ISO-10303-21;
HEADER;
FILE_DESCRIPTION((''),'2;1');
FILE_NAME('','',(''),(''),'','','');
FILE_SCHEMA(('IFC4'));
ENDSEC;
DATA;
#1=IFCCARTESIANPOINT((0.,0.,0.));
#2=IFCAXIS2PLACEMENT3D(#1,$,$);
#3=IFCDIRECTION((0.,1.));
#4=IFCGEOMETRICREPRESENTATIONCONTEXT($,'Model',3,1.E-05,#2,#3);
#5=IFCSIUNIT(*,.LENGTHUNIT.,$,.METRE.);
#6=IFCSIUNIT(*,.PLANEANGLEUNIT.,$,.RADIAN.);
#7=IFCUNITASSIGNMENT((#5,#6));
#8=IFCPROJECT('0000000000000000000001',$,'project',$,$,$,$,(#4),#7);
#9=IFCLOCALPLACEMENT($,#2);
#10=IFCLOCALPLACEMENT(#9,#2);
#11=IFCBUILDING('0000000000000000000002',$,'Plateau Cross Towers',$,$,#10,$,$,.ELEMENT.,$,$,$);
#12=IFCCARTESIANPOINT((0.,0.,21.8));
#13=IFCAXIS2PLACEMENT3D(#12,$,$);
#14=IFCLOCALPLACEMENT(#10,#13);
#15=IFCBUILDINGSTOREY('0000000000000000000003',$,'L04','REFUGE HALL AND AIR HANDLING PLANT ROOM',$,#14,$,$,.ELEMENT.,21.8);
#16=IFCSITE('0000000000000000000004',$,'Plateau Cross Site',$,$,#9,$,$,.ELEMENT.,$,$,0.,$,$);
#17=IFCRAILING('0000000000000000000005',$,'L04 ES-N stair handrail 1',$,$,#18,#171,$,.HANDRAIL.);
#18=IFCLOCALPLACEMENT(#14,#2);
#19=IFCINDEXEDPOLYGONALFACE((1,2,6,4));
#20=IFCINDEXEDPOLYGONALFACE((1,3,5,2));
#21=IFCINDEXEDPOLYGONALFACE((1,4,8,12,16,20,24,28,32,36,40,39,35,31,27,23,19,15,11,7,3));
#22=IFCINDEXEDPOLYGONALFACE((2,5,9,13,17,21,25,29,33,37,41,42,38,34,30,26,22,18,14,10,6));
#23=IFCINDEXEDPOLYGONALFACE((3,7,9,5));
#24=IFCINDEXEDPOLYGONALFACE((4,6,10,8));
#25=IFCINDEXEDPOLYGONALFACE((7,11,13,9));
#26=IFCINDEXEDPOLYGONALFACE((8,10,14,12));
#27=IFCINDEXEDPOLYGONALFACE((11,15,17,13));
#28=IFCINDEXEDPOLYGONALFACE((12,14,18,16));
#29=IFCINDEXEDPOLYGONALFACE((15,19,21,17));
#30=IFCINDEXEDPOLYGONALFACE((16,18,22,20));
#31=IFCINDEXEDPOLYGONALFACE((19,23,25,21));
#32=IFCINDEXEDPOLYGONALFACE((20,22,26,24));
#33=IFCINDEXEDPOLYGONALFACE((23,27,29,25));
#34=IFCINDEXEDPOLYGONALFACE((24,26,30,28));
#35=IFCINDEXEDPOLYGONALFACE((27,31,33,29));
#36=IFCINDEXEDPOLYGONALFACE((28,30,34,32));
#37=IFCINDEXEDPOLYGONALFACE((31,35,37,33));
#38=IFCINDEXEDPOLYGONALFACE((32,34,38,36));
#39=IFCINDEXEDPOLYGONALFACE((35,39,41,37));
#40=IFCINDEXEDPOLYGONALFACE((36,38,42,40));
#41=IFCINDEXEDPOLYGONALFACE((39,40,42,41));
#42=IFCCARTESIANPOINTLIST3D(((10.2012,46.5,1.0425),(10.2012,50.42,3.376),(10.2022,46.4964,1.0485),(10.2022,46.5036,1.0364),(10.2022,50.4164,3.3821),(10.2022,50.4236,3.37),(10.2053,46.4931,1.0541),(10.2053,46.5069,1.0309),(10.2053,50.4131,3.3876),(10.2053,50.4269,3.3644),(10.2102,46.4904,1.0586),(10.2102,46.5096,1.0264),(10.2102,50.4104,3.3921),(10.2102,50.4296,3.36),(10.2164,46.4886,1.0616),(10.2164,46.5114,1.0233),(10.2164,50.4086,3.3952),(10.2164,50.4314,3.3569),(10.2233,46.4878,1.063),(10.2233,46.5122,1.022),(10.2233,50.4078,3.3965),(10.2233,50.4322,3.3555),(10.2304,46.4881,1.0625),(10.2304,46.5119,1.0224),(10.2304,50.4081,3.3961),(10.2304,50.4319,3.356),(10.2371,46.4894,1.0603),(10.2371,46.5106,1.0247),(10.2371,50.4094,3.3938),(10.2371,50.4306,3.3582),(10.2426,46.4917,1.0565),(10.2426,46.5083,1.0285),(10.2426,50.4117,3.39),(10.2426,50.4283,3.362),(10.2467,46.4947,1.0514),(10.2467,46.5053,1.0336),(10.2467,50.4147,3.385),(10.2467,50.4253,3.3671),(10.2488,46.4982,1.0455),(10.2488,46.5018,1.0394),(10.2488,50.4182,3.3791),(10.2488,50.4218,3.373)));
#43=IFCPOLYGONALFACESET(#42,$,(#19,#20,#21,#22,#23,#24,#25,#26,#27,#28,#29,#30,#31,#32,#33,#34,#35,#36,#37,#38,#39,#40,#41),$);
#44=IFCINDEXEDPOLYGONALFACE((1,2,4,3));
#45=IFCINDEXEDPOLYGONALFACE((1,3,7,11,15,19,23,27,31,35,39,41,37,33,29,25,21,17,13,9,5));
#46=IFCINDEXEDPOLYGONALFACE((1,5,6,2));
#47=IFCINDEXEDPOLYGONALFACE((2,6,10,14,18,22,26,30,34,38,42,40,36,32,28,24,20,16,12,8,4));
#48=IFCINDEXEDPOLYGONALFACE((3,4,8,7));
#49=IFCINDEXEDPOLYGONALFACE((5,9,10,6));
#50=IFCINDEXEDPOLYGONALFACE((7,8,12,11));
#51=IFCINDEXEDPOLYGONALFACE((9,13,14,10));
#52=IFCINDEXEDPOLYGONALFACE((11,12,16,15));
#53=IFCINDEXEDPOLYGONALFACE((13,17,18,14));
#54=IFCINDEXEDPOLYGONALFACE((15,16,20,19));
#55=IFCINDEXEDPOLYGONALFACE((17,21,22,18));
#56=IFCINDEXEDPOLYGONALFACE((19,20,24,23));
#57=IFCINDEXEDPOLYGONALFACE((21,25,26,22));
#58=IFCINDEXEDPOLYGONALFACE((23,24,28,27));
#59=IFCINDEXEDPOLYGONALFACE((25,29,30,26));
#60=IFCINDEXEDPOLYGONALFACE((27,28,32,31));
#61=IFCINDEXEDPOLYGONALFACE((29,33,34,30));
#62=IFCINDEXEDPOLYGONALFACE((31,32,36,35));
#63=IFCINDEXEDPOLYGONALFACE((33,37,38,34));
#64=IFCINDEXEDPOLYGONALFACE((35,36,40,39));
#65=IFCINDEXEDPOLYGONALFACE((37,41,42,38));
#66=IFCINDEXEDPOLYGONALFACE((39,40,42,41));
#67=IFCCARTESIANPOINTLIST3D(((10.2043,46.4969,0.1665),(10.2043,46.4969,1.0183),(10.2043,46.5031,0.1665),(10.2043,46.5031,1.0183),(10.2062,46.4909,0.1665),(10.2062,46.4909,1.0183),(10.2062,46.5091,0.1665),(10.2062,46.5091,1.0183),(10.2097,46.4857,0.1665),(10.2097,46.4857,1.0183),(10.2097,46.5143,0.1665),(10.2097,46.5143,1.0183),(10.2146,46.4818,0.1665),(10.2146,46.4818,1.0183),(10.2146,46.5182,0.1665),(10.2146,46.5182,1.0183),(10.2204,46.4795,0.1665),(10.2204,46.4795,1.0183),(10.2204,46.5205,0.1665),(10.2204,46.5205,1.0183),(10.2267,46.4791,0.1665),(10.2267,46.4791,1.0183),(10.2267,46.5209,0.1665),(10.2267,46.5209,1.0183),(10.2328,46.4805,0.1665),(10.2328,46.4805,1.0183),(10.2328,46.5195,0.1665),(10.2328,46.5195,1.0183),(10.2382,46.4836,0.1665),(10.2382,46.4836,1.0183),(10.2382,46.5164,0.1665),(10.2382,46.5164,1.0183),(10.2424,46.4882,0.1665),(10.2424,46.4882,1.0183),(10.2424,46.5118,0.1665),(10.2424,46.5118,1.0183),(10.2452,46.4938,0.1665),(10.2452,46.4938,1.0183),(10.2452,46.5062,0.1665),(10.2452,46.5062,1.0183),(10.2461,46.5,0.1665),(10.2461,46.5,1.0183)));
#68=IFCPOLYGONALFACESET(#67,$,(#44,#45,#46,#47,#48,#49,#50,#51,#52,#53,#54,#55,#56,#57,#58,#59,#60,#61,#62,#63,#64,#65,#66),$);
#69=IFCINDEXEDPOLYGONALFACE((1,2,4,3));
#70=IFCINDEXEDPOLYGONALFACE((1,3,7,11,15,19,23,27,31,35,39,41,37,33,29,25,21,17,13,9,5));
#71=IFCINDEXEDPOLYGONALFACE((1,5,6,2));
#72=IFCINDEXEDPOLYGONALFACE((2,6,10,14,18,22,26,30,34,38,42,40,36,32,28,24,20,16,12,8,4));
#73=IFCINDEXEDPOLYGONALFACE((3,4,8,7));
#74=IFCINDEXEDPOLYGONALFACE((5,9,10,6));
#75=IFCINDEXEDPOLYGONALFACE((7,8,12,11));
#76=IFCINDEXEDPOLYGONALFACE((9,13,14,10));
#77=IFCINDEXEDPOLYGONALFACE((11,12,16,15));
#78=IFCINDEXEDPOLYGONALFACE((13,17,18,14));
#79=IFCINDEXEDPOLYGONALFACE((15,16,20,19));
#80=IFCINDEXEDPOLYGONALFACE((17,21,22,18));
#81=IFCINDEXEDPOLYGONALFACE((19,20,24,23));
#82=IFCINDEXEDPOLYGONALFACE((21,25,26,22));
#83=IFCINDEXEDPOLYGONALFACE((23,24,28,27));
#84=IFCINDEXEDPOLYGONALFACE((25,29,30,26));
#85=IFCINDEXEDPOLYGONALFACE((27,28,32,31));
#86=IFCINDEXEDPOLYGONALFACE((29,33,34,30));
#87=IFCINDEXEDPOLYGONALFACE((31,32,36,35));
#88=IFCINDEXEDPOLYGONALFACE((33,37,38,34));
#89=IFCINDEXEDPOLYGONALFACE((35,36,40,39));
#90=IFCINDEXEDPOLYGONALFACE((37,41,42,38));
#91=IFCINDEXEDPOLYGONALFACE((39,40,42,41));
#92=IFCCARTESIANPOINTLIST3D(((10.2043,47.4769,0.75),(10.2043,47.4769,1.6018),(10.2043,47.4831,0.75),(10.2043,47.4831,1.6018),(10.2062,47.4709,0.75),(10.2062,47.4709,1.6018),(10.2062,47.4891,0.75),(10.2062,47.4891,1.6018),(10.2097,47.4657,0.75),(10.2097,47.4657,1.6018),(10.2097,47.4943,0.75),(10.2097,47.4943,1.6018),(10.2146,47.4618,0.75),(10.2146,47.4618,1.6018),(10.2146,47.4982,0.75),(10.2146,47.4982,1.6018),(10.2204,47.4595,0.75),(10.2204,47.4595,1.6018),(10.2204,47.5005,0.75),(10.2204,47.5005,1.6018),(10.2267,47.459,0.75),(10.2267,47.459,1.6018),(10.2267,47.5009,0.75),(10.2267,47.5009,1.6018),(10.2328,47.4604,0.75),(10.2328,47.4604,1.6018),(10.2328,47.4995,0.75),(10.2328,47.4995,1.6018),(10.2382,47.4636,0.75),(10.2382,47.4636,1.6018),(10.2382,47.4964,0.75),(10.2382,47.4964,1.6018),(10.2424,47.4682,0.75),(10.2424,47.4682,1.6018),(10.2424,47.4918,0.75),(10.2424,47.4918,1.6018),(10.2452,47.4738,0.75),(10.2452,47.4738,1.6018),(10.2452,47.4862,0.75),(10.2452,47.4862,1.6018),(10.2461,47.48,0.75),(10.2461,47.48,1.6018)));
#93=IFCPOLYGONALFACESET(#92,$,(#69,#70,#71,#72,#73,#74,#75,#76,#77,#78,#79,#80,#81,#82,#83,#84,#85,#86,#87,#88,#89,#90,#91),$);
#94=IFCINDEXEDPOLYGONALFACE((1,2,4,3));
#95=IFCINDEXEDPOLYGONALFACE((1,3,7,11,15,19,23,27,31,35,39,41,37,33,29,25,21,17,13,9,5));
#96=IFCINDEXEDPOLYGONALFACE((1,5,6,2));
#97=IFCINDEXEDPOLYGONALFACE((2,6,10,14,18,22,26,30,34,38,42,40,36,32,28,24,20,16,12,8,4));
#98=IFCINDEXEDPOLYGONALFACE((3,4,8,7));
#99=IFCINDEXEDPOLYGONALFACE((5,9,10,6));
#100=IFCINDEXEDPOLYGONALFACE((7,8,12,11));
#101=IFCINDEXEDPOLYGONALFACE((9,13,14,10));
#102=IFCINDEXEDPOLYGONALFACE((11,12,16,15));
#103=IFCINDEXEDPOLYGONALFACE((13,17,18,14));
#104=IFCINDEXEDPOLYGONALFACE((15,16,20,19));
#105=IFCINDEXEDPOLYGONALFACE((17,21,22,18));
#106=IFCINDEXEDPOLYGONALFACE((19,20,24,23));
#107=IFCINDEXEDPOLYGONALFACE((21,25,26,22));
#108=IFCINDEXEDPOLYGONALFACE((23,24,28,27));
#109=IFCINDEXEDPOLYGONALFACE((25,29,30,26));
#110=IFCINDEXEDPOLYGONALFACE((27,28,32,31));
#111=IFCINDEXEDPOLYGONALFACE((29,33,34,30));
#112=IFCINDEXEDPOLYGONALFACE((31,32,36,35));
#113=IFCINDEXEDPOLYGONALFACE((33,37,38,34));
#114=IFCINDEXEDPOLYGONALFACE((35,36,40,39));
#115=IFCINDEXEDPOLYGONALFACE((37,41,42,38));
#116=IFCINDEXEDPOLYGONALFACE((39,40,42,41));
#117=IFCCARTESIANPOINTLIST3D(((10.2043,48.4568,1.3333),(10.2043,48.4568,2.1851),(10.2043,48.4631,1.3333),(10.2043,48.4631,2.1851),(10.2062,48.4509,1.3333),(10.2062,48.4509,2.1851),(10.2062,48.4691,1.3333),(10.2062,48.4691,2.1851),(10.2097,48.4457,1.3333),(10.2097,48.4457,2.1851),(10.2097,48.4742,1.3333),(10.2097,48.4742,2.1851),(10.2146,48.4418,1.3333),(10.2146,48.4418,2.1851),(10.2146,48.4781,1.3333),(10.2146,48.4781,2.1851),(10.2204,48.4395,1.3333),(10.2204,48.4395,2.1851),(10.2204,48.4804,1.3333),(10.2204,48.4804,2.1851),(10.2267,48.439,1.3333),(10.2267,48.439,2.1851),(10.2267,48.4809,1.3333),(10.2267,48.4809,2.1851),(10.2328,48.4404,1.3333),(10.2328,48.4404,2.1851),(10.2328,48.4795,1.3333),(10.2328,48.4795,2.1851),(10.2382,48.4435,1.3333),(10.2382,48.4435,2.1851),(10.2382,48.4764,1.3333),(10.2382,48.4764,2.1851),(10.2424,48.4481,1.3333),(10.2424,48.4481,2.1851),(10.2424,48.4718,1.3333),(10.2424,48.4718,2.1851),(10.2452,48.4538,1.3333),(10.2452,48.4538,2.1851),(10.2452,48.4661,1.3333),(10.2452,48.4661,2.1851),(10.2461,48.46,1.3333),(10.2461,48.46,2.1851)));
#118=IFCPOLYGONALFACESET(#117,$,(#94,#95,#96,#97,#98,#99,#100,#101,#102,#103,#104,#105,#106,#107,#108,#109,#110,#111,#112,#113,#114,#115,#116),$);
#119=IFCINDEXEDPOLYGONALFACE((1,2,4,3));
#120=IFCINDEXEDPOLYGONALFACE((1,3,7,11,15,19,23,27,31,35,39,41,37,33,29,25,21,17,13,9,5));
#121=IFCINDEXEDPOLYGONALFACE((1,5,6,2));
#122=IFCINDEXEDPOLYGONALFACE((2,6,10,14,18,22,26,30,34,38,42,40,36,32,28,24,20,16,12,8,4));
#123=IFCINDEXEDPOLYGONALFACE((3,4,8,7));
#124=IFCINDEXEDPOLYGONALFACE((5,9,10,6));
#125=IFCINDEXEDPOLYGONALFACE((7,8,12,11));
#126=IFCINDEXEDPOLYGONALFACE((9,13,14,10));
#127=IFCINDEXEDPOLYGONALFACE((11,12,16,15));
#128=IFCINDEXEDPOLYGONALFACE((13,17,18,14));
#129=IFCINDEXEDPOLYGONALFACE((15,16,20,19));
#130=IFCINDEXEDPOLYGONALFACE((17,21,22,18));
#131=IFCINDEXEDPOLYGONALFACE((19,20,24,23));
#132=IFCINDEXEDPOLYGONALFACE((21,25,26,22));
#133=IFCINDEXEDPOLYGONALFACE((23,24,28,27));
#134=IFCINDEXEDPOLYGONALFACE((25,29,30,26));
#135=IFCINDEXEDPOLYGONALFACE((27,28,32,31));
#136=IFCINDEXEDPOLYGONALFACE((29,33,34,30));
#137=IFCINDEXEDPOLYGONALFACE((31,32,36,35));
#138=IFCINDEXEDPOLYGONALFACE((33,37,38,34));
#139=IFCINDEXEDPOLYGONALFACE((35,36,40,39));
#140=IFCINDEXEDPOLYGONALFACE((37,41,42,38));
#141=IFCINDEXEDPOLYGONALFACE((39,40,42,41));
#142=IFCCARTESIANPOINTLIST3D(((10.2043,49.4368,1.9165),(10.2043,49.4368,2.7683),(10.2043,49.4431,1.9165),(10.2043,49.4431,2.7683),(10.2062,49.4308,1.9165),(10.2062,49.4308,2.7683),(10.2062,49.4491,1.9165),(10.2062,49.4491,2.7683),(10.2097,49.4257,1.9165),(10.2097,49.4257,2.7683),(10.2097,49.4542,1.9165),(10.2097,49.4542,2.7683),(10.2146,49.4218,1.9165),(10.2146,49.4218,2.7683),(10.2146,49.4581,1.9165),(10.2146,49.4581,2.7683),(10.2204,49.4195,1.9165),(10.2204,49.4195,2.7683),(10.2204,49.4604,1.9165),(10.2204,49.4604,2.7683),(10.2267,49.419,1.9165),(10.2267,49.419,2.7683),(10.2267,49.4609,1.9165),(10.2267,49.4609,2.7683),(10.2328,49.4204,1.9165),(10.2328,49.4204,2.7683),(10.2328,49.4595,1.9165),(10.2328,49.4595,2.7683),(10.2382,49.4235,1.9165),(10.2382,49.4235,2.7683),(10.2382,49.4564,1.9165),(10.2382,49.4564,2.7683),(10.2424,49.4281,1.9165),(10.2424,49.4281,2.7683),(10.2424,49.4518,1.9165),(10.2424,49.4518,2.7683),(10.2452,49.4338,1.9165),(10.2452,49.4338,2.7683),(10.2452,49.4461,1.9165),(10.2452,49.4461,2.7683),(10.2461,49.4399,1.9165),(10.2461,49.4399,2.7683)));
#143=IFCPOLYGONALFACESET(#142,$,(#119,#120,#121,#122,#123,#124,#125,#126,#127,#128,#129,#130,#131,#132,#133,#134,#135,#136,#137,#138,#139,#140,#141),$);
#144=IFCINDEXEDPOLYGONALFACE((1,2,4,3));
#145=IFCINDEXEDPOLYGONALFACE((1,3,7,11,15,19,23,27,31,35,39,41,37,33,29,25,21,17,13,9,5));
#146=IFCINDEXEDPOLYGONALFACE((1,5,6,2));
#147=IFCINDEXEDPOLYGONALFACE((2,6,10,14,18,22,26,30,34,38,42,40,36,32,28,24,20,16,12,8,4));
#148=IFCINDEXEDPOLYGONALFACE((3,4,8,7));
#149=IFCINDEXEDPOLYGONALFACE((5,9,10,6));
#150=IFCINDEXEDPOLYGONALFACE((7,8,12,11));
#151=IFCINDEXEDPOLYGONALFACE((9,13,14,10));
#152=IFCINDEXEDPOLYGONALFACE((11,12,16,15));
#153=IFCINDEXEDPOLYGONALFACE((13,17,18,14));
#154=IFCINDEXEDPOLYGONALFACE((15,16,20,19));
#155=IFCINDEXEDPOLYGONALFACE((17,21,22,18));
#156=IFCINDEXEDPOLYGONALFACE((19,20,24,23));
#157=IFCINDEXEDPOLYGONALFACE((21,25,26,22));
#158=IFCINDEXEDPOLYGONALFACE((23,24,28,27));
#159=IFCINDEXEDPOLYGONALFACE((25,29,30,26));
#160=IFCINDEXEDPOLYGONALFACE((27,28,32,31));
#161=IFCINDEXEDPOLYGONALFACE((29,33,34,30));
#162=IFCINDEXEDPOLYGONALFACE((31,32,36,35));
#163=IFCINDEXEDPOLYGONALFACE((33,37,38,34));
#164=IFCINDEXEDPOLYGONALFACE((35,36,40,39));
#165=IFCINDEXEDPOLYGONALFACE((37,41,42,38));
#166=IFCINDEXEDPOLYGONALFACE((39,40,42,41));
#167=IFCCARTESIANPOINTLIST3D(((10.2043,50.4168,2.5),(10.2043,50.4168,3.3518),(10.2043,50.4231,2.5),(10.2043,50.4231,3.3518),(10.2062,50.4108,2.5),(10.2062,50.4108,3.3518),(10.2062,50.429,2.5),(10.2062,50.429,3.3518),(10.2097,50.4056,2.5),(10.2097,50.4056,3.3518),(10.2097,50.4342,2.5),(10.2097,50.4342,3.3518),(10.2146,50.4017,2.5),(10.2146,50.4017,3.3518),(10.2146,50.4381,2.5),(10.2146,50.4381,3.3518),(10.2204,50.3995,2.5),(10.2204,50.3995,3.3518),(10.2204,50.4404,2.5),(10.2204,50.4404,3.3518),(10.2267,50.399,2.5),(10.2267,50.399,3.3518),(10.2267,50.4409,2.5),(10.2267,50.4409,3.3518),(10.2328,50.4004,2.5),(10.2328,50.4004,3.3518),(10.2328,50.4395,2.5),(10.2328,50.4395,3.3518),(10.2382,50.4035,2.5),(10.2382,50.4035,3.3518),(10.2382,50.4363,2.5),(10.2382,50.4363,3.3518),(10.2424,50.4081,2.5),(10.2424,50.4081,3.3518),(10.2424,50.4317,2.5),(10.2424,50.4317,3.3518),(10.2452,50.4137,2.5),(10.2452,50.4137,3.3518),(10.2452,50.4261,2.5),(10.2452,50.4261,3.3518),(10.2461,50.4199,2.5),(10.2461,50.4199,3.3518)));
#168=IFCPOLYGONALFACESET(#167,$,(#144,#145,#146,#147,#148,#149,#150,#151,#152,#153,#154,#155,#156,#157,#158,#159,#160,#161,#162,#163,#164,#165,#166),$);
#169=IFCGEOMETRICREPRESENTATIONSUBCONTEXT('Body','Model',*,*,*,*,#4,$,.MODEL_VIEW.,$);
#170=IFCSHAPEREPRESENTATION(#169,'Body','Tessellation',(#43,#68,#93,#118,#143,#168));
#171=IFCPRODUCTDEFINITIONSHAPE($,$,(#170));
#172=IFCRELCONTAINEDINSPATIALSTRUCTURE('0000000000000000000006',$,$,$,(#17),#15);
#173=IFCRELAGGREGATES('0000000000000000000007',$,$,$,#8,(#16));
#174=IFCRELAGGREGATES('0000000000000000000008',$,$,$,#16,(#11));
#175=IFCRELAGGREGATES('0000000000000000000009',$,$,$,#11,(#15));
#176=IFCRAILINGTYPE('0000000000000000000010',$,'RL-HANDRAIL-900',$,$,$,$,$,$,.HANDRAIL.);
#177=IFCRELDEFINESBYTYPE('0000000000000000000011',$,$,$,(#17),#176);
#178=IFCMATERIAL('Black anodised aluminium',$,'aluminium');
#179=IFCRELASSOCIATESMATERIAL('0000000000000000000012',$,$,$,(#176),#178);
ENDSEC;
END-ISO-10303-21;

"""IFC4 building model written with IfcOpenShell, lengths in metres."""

from ifc_helpers import new_model, si_unit, direction, frame, origin, origin_2d, place, context, subcontext, project, spatial, circle, extrude, material, type_object, element, save


model = new_model("IFC4")

# Units and contexts
model_context = context("Model", 3, precision=1e-05, world=origin(), true_north=direction((0.0, 1.0)))
body_context = subcontext(model_context, "Body", "Model", "MODEL_VIEW")
ifc_project = project(units=[si_unit("LENGTHUNIT", "METRE"), si_unit("PLANEANGLEUNIT", "RADIAN")], contexts=[model_context])

# Site, building, storey
site_placement = place(None, origin())
site = spatial("IfcSite", under=ifc_project, at=site_placement, Name="Plateau Cross Site", CompositionType="ELEMENT", RefElevation=0.0)
building_placement = place(site_placement, origin())
building = spatial("IfcBuilding", under=site, at=building_placement, Name="Plateau Cross Towers", CompositionType="ELEMENT")
storey_placement = place(building_placement, frame((0.0, 0.0, 21.8)))
storey = spatial("IfcBuildingStorey", under=building, at=storey_placement, Name="L04", Description="REFUGE HALL AND AIR HANDLING PLANT ROOM", CompositionType="ELEMENT", Elevation=21.8)

# Shared definitions
ifc_material_1 = material(Name="Black anodised aluminium", Category="aluminium")

# Railing
railing_type_1 = type_object("IfcRailingType", Name="RL-HANDRAIL-900", PredefinedType="HANDRAIL", material=ifc_material_1)
railing_1_placement = place(storey_placement, frame((10.2251, 46.5, 0.1665)))
element("IfcRailing", 1, at=railing_1_placement, inside=storey, type_object=railing_type_1, Name="L04 ES-N stair handrail 1", PredefinedType="HANDRAIL", context=body_context, shape_type="SweptSolid", body=[
    extrude(circle(Radius=0.0239, at=origin_2d()), frame((0.0, 0.0, 0.876), z_axis=(0.0, 0.859273, 0.511518), x_axis=(-1.0, 0.0, 0.0)), (0.0, 0.0, 1.0), 4.562),
    extrude(circle(Radius=0.021, at=origin_2d()), origin(), (0.0, 0.0, 1.0), 0.8518),
    extrude(circle(Radius=0.021, at=origin_2d()), frame((0.0, 0.98, 0.5835)), (0.0, 0.0, 1.0), 0.8518),
    extrude(circle(Radius=0.021, at=origin_2d()), frame((0.0, 1.96, 1.1667)), (0.0, 0.0, 1.0), 0.8518),
    extrude(circle(Radius=0.021, at=origin_2d()), frame((0.0, 2.9399, 1.75)), (0.0, 0.0, 1.0), 0.8518),
    extrude(circle(Radius=0.021, at=origin_2d()), frame((0.0, 3.9199, 2.3335)), (0.0, 0.0, 1.0), 0.8518),
])

save(model, "model.ifc")
